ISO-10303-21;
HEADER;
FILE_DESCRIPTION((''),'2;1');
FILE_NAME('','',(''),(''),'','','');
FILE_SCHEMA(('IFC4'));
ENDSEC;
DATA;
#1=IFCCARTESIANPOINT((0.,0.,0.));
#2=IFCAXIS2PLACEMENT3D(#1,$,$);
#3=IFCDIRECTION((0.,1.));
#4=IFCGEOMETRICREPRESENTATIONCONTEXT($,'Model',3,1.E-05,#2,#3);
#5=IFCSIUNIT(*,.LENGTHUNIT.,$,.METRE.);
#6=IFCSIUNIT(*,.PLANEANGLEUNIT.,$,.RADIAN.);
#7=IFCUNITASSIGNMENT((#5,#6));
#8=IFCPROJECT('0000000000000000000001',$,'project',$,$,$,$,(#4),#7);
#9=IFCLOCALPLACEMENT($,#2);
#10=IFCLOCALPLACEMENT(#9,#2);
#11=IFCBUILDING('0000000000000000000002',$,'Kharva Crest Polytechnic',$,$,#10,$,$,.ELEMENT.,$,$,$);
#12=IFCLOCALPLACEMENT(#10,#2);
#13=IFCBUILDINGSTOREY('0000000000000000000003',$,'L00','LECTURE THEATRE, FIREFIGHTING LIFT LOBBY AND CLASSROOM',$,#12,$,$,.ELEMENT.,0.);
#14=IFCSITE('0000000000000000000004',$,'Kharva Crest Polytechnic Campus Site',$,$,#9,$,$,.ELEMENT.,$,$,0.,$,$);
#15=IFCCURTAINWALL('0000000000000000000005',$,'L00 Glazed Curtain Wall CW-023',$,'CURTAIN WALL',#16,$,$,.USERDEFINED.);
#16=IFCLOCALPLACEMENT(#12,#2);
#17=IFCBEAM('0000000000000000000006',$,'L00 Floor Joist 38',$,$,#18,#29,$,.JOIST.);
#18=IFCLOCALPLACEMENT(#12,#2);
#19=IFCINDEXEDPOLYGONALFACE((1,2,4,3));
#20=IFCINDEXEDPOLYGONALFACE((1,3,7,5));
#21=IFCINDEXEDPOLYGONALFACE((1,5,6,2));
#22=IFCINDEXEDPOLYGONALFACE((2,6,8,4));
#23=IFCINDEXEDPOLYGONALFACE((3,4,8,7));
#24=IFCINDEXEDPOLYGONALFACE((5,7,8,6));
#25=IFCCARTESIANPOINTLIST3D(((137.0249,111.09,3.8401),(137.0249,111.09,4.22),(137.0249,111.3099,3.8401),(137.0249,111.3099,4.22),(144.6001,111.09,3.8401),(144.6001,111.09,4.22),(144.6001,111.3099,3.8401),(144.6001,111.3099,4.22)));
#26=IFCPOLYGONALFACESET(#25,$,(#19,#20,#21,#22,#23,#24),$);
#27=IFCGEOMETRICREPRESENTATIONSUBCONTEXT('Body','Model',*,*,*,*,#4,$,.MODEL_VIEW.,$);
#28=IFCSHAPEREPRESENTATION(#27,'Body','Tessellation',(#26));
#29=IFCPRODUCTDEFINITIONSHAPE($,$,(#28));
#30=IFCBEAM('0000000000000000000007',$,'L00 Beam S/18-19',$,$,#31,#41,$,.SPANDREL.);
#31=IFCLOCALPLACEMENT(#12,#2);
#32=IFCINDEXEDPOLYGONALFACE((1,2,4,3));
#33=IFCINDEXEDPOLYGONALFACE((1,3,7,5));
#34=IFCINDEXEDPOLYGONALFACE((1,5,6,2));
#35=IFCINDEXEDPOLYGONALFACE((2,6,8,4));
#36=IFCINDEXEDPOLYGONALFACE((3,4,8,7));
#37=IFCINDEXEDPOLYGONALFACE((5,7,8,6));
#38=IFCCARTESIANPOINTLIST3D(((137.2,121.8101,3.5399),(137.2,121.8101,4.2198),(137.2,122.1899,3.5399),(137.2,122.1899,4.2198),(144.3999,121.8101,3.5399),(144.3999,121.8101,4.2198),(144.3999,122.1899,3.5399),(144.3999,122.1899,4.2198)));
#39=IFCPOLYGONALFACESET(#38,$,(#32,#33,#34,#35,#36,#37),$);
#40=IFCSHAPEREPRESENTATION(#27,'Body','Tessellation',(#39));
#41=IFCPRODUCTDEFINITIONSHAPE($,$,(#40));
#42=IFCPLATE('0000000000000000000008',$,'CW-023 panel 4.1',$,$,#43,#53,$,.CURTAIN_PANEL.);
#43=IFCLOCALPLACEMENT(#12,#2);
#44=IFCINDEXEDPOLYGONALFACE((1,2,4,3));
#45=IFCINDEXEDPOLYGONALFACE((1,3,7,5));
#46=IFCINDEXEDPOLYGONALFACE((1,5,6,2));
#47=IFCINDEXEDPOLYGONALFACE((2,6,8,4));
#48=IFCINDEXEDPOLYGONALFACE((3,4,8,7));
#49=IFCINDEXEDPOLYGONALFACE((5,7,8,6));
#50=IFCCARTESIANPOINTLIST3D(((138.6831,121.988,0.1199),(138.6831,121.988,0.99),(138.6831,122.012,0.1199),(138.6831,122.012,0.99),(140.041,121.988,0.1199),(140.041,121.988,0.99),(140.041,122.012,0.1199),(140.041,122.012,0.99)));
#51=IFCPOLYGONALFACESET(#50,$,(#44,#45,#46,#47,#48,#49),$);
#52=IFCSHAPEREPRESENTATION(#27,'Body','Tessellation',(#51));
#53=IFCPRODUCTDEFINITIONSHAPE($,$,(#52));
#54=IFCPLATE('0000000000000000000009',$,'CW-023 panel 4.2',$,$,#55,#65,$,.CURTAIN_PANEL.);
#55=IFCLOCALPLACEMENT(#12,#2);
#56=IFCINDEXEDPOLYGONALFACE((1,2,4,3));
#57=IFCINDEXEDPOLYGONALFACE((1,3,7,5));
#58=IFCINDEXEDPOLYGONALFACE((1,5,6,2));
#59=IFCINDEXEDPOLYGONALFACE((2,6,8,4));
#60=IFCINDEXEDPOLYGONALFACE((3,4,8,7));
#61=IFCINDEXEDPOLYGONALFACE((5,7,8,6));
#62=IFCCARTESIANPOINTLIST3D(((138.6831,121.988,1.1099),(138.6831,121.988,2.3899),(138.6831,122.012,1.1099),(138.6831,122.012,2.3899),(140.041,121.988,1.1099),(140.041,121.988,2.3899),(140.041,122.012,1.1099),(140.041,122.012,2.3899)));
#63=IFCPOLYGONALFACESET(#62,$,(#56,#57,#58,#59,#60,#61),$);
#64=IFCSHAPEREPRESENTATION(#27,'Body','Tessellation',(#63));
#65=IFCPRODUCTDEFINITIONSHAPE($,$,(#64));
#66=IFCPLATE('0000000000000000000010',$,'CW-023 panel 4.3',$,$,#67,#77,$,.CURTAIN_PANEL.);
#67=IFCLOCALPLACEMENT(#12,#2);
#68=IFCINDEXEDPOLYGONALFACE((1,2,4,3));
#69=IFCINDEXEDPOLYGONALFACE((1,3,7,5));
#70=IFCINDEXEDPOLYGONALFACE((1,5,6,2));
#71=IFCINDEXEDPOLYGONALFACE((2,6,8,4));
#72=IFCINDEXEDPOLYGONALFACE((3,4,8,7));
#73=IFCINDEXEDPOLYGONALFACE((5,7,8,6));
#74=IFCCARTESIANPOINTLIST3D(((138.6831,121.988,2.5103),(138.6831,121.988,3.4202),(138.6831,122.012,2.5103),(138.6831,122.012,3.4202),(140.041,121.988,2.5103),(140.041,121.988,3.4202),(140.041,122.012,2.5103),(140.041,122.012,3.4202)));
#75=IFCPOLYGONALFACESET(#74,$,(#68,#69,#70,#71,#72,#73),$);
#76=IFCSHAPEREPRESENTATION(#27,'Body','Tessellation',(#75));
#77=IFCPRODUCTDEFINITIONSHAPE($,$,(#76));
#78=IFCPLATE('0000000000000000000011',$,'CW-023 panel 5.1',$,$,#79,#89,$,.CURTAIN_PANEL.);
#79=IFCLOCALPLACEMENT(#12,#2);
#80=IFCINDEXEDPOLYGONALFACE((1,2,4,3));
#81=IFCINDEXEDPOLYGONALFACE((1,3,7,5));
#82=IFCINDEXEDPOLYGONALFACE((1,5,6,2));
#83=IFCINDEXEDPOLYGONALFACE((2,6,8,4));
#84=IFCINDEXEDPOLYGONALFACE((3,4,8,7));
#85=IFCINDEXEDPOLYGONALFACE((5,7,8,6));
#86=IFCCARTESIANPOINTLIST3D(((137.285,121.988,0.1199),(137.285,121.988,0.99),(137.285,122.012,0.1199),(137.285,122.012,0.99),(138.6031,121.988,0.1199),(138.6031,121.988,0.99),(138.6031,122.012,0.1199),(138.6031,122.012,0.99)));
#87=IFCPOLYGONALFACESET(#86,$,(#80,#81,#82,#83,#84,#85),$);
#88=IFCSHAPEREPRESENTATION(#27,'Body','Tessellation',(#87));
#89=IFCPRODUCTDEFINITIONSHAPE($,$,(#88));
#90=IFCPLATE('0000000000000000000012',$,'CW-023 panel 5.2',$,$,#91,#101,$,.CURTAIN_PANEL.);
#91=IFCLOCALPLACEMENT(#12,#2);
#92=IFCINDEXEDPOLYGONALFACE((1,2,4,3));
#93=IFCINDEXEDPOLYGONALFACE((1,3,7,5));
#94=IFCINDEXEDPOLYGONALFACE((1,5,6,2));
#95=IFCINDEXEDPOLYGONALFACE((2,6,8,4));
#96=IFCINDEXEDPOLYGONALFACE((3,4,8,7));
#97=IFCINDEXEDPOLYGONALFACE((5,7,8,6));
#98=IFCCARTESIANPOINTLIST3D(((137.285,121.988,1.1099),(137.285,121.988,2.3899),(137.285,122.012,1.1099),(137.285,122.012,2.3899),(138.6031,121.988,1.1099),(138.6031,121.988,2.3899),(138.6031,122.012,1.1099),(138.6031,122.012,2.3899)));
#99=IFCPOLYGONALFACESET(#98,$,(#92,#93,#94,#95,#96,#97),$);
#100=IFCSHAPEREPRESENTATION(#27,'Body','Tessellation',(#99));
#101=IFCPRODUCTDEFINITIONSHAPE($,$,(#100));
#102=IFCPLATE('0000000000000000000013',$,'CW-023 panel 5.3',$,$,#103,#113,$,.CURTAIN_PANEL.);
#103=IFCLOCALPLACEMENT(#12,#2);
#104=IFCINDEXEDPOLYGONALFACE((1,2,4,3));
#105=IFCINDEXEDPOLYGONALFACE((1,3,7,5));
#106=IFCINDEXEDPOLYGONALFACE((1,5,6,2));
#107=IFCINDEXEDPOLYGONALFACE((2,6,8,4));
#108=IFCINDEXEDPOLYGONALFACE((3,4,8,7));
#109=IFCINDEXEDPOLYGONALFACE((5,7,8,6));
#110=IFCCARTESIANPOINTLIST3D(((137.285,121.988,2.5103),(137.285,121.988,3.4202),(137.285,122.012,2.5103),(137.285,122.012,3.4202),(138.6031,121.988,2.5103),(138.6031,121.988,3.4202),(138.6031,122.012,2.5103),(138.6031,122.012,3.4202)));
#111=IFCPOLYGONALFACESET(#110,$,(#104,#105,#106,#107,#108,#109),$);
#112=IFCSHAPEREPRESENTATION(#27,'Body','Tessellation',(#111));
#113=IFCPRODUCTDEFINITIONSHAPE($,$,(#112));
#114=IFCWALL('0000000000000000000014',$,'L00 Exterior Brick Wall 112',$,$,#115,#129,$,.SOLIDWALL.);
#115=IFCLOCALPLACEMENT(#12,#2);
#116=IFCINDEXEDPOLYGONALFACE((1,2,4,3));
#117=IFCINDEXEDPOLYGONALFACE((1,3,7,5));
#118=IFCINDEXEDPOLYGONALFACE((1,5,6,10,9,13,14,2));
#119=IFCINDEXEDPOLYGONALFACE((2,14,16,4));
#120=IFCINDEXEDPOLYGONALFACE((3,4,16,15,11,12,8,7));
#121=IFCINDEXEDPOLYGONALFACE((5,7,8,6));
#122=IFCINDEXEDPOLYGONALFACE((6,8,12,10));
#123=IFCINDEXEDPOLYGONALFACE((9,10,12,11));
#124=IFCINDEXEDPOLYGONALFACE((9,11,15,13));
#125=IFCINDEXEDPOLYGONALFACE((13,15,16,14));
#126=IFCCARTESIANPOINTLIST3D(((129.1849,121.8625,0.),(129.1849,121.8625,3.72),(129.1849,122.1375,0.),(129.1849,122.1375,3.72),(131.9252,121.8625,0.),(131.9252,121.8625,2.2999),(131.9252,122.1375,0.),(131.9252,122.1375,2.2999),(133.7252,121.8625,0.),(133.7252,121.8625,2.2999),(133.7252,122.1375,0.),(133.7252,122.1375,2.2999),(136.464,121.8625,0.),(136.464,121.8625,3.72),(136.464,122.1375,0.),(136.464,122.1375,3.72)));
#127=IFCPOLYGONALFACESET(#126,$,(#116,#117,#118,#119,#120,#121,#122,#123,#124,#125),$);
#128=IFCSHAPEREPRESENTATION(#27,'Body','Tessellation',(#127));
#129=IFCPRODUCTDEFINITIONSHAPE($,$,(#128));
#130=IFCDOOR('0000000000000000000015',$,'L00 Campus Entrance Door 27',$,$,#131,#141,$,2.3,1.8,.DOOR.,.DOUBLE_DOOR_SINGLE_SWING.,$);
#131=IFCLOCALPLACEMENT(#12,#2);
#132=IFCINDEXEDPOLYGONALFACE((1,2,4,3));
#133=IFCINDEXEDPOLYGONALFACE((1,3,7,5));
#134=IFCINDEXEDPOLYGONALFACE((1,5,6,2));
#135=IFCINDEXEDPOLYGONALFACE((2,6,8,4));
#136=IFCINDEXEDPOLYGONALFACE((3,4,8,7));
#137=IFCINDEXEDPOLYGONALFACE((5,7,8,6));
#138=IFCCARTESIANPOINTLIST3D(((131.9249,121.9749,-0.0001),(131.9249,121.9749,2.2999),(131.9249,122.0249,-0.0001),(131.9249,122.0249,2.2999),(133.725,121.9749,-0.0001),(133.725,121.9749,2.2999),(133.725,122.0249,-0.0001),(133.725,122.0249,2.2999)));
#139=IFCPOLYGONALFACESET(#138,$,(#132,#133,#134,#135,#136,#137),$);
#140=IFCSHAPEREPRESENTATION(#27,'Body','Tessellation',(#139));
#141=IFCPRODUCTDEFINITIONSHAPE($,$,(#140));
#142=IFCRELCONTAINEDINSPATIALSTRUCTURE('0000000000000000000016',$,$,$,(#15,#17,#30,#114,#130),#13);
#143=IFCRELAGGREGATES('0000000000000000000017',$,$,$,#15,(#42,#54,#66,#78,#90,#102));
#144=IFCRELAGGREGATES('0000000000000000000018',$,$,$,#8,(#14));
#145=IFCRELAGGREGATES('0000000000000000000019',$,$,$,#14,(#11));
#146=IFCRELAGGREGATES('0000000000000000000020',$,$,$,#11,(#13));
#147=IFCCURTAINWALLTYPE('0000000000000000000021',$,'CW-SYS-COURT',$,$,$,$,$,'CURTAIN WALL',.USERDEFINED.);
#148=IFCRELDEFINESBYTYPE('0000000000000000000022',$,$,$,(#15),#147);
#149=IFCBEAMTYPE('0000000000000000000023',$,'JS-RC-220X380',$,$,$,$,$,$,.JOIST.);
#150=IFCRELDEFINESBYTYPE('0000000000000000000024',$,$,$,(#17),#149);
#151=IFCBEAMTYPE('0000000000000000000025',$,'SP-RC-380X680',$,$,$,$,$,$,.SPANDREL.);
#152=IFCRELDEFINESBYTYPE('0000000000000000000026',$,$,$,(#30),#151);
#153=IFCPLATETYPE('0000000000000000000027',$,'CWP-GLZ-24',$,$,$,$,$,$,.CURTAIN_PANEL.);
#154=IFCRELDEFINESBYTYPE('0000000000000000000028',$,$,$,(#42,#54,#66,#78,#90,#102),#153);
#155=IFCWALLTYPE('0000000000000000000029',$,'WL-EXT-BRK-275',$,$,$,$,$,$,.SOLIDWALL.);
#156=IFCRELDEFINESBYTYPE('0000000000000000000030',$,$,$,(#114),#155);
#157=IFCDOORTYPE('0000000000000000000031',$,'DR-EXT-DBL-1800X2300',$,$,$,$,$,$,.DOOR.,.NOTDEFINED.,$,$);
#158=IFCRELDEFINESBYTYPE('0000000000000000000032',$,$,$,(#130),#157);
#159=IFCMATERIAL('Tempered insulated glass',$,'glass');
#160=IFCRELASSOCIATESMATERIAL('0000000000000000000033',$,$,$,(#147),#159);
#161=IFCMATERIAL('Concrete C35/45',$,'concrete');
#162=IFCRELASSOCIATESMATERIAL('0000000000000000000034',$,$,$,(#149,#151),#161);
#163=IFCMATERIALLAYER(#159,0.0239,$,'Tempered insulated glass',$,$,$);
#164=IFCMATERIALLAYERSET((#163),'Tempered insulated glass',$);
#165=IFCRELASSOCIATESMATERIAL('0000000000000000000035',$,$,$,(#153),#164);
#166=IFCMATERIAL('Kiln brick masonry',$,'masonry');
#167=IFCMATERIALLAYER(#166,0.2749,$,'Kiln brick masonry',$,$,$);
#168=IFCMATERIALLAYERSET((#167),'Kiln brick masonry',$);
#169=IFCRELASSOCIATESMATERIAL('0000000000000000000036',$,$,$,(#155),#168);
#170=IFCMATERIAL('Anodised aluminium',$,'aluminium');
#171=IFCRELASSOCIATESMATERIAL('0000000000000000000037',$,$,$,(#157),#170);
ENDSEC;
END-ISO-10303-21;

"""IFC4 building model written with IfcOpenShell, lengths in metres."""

from ifc_helpers import new_model, si_unit, direction, frame, frame_2d, origin, origin_2d, place, context, subcontext, project, spatial, rectangle, extrude, material, layer, layer_set, material_profile, profile_set, type_object, element, fill, aggregate, save


model = new_model("IFC4")

# Units and contexts
model_context = context("Model", 3, precision=1e-05, world=origin(), true_north=direction((0.0, 1.0)))
body_context = subcontext(model_context, "Body", "Model", "MODEL_VIEW")
ifc_project = project(units=[si_unit("LENGTHUNIT", "METRE"), si_unit("PLANEANGLEUNIT", "RADIAN")], contexts=[model_context])

# Site, building, storey
site_placement = place(None, origin())
site = spatial("IfcSite", under=ifc_project, at=site_placement, Name="Kharva Crest Polytechnic Campus Site", CompositionType="ELEMENT", RefElevation=0.0)
building_placement = place(site_placement, origin())
building = spatial("IfcBuilding", under=site, at=building_placement, Name="Kharva Crest Polytechnic", CompositionType="ELEMENT")
storey_placement = place(building_placement, origin())
storey = spatial("IfcBuildingStorey", under=building, at=storey_placement, Name="L00", Description="LECTURE THEATRE, FIREFIGHTING LIFT LOBBY AND CLASSROOM", CompositionType="ELEMENT", Elevation=0.0)

# Shared definitions
ifc_material_1 = material(Name="Concrete C35/45", Category="concrete")

# Curtain wall
ifc_material_2 = material(Name="Tempered insulated glass", Category="glass")
curtain_wall_type = type_object("IfcCurtainWallType", Name="CW-SYS-COURT", ElementType="CURTAIN WALL", PredefinedType="USERDEFINED", material=ifc_material_2)
curtain_wall_placement = place(storey_placement, origin())
curtain_wall = element("IfcCurtainWall", 1, at=curtain_wall_placement, inside=storey, type_object=curtain_wall_type, Name="L00 Glazed Curtain Wall CW-023", ObjectType="CURTAIN WALL", PredefinedType="USERDEFINED")

# Beams
ifc_material_profile_1 = material_profile(ifc_material_1, rectangle(XDim=0.22, YDim=0.3799, at=origin_2d()), Name="RECT 220 X 380")
ifc_profile_set_1 = profile_set([ifc_material_profile_1], Name="Concrete C35/45")
beam_type_1 = type_object("IfcBeamType", Name="JS-RC-220X380", PredefinedType="JOIST", material=ifc_profile_set_1)
beam_1_placement = place(storey_placement, frame((137.0249, 111.2, 4.03), z_axis=(1.0, 0.0, 0.0), x_axis=(0.0, 1.0, 0.0)))
element("IfcBeam", 2, at=beam_1_placement, inside=storey, type_object=beam_type_1, Name="L00 Floor Joist 38", PredefinedType="JOIST", context=body_context, shape_type="SweptSolid", body=[
    extrude(rectangle(XDim=0.22, YDim=0.3799, at=origin_2d()), origin(), (0.0, 0.0, 1.0), 7.5752),
])
ifc_material_profile_2 = material_profile(ifc_material_1, rectangle(XDim=0.3799, YDim=0.6799, at=origin_2d()), Name="RECT 380 X 680")
ifc_profile_set_2 = profile_set([ifc_material_profile_2], Name="Concrete C35/45")
beam_type_2 = type_object("IfcBeamType", Name="SP-RC-380X680", PredefinedType="SPANDREL", material=ifc_profile_set_2)
beam_2_placement = place(storey_placement, frame((137.2, 122.0, 3.8799), z_axis=(1.0, 0.0, 0.0), x_axis=(0.0, 1.0, 0.0)))
element("IfcBeam", 3, at=beam_2_placement, inside=storey, type_object=beam_type_2, Name="L00 Beam S/18-19", PredefinedType="SPANDREL", context=body_context, shape_type="SweptSolid", body=[
    extrude(rectangle(XDim=0.3799, YDim=0.6799, at=origin_2d()), origin(), (0.0, 0.0, 1.0), 7.2),
])

# Plates
ifc_layer_1 = layer(ifc_material_2, 0.0239, Name="Tempered insulated glass")
ifc_layer_set_1 = layer_set([ifc_layer_1], Name="Tempered insulated glass")
plate_type = type_object("IfcPlateType", Name="CWP-GLZ-24", PredefinedType="CURTAIN_PANEL", material=ifc_layer_set_1)
plate_1_placement = place(storey_placement, frame((139.3621, 122.0, 0.1199), z_axis=(0.0, 0.0, 1.0), x_axis=(-1.0, 0.0, 0.0)))
plate_1 = element("IfcPlate", 4, at=plate_1_placement, type_object=plate_type, Name="CW-023 panel 4.1", PredefinedType="CURTAIN_PANEL", context=body_context, shape_type="SweptSolid", body=[
    extrude(rectangle(XDim=1.3579, YDim=0.0239, at=origin_2d()), origin(), (0.0, 0.0, 1.0), 0.8701),
])
plate_2_placement = place(storey_placement, frame((139.3621, 122.0, 1.1099), z_axis=(0.0, 0.0, 1.0), x_axis=(-1.0, 0.0, 0.0)))
plate_2 = element("IfcPlate", 5, at=plate_2_placement, type_object=plate_type, Name="CW-023 panel 4.2", PredefinedType="CURTAIN_PANEL", context=body_context, shape_type="SweptSolid", body=[
    extrude(rectangle(XDim=1.3579, YDim=0.0239, at=origin_2d()), origin(), (0.0, 0.0, 1.0), 1.28),
])
plate_3_placement = place(storey_placement, frame((139.3621, 122.0, 2.5103), z_axis=(0.0, 0.0, 1.0), x_axis=(-1.0, 0.0, 0.0)))
plate_3 = element("IfcPlate", 6, at=plate_3_placement, type_object=plate_type, Name="CW-023 panel 4.3", PredefinedType="CURTAIN_PANEL", context=body_context, shape_type="SweptSolid", body=[
    extrude(rectangle(XDim=1.3579, YDim=0.0239, at=origin_2d()), origin(), (0.0, 0.0, 1.0), 0.9099),
])
plate_4_placement = place(storey_placement, frame((137.9441, 122.0, 0.1199), z_axis=(0.0, 0.0, 1.0), x_axis=(-1.0, 0.0, 0.0)))
plate_4 = element("IfcPlate", 7, at=plate_4_placement, type_object=plate_type, Name="CW-023 panel 5.1", PredefinedType="CURTAIN_PANEL", context=body_context, shape_type="SweptSolid", body=[
    extrude(rectangle(XDim=1.3181, YDim=0.0239, at=origin_2d()), origin(), (0.0, 0.0, 1.0), 0.8701),
])
plate_5_placement = place(storey_placement, frame((137.9441, 122.0, 1.1099), z_axis=(0.0, 0.0, 1.0), x_axis=(-1.0, 0.0, 0.0)))
plate_5 = element("IfcPlate", 8, at=plate_5_placement, type_object=plate_type, Name="CW-023 panel 5.2", PredefinedType="CURTAIN_PANEL", context=body_context, shape_type="SweptSolid", body=[
    extrude(rectangle(XDim=1.3181, YDim=0.0239, at=origin_2d()), origin(), (0.0, 0.0, 1.0), 1.28),
])
plate_6_placement = place(storey_placement, frame((137.9441, 122.0, 2.5103), z_axis=(0.0, 0.0, 1.0), x_axis=(-1.0, 0.0, 0.0)))
plate_6 = element("IfcPlate", 9, at=plate_6_placement, type_object=plate_type, Name="CW-023 panel 5.3", PredefinedType="CURTAIN_PANEL", context=body_context, shape_type="SweptSolid", body=[
    extrude(rectangle(XDim=1.3181, YDim=0.0239, at=origin_2d()), origin(), (0.0, 0.0, 1.0), 0.9099),
])
aggregate(curtain_wall, [plate_1, plate_2, plate_3, plate_4, plate_5, plate_6])

# Wall, opening, door
ifc_material_3 = material(Name="Kiln brick masonry", Category="masonry")
ifc_layer_2 = layer(ifc_material_3, 0.2749, Name="Kiln brick masonry")
ifc_layer_set_2 = layer_set([ifc_layer_2], Name="Kiln brick masonry")
wall_type = type_object("IfcWallType", Name="WL-EXT-BRK-275", PredefinedType="SOLIDWALL", material=ifc_layer_set_2)
wall_placement = place(storey_placement, frame((136.4641, 122.0, 0.0), z_axis=(0.0, 0.0, 1.0), x_axis=(-1.0, 0.0, 0.0)))
wall = element("IfcWall", 10, at=wall_placement, inside=storey, type_object=wall_type, Name="L00 Exterior Brick Wall 112", PredefinedType="SOLIDWALL", context=body_context, shape_type="SweptSolid", body=[
    extrude(rectangle(XDim=7.2791, YDim=0.2749, at=frame_2d((3.6396, 0.0))), origin(), (0.0, 0.0, 1.0), 3.72),
])
opening_placement = place(wall_placement, frame((2.739, 0.0, 0.0)))
opening = element("IfcOpeningElement", 11, at=opening_placement, cuts=wall, PredefinedType="OPENING", context=body_context, shape_type="SweptSolid", body=[
    extrude(rectangle(XDim=1.8, YDim=2.3, at=frame_2d((0.8999, 1.1499))), frame((0.0, 0.1475, 0.0), z_axis=(0.0, -1.0, 0.0), x_axis=(1.0, 0.0, 0.0)), (0.0, 0.0, 1.0), 0.2949),
])
ifc_material_4 = material(Name="Anodised aluminium", Category="aluminium")
door_type = type_object("IfcDoorType", Name="DR-EXT-DBL-1800X2300", OperationType="NOTDEFINED", PredefinedType="DOOR", material=ifc_material_4)
door_placement = place(opening_placement, frame((1.8, 0.0, 0.0), z_axis=(0.0, 0.0, 1.0), x_axis=(-1.0, 0.0, 0.0)))
door = element("IfcDoor", 12, at=door_placement, inside=storey, type_object=door_type, Name="L00 Campus Entrance Door 27", OperationType="DOUBLE_DOOR_SINGLE_SWING", OverallHeight=2.3, OverallWidth=1.8, PredefinedType="DOOR", context=body_context, shape_type="SweptSolid", body=[
    extrude(rectangle(XDim=1.8, YDim=2.3, at=frame_2d((0.8999, 1.1499))), frame((0.0, 0.0249, 0.0), z_axis=(0.0, -1.0, 0.0), x_axis=(1.0, 0.0, 0.0)), (0.0, 0.0, 1.0), 0.05),
])
fill(opening, door)

save(model, "model.ifc")
